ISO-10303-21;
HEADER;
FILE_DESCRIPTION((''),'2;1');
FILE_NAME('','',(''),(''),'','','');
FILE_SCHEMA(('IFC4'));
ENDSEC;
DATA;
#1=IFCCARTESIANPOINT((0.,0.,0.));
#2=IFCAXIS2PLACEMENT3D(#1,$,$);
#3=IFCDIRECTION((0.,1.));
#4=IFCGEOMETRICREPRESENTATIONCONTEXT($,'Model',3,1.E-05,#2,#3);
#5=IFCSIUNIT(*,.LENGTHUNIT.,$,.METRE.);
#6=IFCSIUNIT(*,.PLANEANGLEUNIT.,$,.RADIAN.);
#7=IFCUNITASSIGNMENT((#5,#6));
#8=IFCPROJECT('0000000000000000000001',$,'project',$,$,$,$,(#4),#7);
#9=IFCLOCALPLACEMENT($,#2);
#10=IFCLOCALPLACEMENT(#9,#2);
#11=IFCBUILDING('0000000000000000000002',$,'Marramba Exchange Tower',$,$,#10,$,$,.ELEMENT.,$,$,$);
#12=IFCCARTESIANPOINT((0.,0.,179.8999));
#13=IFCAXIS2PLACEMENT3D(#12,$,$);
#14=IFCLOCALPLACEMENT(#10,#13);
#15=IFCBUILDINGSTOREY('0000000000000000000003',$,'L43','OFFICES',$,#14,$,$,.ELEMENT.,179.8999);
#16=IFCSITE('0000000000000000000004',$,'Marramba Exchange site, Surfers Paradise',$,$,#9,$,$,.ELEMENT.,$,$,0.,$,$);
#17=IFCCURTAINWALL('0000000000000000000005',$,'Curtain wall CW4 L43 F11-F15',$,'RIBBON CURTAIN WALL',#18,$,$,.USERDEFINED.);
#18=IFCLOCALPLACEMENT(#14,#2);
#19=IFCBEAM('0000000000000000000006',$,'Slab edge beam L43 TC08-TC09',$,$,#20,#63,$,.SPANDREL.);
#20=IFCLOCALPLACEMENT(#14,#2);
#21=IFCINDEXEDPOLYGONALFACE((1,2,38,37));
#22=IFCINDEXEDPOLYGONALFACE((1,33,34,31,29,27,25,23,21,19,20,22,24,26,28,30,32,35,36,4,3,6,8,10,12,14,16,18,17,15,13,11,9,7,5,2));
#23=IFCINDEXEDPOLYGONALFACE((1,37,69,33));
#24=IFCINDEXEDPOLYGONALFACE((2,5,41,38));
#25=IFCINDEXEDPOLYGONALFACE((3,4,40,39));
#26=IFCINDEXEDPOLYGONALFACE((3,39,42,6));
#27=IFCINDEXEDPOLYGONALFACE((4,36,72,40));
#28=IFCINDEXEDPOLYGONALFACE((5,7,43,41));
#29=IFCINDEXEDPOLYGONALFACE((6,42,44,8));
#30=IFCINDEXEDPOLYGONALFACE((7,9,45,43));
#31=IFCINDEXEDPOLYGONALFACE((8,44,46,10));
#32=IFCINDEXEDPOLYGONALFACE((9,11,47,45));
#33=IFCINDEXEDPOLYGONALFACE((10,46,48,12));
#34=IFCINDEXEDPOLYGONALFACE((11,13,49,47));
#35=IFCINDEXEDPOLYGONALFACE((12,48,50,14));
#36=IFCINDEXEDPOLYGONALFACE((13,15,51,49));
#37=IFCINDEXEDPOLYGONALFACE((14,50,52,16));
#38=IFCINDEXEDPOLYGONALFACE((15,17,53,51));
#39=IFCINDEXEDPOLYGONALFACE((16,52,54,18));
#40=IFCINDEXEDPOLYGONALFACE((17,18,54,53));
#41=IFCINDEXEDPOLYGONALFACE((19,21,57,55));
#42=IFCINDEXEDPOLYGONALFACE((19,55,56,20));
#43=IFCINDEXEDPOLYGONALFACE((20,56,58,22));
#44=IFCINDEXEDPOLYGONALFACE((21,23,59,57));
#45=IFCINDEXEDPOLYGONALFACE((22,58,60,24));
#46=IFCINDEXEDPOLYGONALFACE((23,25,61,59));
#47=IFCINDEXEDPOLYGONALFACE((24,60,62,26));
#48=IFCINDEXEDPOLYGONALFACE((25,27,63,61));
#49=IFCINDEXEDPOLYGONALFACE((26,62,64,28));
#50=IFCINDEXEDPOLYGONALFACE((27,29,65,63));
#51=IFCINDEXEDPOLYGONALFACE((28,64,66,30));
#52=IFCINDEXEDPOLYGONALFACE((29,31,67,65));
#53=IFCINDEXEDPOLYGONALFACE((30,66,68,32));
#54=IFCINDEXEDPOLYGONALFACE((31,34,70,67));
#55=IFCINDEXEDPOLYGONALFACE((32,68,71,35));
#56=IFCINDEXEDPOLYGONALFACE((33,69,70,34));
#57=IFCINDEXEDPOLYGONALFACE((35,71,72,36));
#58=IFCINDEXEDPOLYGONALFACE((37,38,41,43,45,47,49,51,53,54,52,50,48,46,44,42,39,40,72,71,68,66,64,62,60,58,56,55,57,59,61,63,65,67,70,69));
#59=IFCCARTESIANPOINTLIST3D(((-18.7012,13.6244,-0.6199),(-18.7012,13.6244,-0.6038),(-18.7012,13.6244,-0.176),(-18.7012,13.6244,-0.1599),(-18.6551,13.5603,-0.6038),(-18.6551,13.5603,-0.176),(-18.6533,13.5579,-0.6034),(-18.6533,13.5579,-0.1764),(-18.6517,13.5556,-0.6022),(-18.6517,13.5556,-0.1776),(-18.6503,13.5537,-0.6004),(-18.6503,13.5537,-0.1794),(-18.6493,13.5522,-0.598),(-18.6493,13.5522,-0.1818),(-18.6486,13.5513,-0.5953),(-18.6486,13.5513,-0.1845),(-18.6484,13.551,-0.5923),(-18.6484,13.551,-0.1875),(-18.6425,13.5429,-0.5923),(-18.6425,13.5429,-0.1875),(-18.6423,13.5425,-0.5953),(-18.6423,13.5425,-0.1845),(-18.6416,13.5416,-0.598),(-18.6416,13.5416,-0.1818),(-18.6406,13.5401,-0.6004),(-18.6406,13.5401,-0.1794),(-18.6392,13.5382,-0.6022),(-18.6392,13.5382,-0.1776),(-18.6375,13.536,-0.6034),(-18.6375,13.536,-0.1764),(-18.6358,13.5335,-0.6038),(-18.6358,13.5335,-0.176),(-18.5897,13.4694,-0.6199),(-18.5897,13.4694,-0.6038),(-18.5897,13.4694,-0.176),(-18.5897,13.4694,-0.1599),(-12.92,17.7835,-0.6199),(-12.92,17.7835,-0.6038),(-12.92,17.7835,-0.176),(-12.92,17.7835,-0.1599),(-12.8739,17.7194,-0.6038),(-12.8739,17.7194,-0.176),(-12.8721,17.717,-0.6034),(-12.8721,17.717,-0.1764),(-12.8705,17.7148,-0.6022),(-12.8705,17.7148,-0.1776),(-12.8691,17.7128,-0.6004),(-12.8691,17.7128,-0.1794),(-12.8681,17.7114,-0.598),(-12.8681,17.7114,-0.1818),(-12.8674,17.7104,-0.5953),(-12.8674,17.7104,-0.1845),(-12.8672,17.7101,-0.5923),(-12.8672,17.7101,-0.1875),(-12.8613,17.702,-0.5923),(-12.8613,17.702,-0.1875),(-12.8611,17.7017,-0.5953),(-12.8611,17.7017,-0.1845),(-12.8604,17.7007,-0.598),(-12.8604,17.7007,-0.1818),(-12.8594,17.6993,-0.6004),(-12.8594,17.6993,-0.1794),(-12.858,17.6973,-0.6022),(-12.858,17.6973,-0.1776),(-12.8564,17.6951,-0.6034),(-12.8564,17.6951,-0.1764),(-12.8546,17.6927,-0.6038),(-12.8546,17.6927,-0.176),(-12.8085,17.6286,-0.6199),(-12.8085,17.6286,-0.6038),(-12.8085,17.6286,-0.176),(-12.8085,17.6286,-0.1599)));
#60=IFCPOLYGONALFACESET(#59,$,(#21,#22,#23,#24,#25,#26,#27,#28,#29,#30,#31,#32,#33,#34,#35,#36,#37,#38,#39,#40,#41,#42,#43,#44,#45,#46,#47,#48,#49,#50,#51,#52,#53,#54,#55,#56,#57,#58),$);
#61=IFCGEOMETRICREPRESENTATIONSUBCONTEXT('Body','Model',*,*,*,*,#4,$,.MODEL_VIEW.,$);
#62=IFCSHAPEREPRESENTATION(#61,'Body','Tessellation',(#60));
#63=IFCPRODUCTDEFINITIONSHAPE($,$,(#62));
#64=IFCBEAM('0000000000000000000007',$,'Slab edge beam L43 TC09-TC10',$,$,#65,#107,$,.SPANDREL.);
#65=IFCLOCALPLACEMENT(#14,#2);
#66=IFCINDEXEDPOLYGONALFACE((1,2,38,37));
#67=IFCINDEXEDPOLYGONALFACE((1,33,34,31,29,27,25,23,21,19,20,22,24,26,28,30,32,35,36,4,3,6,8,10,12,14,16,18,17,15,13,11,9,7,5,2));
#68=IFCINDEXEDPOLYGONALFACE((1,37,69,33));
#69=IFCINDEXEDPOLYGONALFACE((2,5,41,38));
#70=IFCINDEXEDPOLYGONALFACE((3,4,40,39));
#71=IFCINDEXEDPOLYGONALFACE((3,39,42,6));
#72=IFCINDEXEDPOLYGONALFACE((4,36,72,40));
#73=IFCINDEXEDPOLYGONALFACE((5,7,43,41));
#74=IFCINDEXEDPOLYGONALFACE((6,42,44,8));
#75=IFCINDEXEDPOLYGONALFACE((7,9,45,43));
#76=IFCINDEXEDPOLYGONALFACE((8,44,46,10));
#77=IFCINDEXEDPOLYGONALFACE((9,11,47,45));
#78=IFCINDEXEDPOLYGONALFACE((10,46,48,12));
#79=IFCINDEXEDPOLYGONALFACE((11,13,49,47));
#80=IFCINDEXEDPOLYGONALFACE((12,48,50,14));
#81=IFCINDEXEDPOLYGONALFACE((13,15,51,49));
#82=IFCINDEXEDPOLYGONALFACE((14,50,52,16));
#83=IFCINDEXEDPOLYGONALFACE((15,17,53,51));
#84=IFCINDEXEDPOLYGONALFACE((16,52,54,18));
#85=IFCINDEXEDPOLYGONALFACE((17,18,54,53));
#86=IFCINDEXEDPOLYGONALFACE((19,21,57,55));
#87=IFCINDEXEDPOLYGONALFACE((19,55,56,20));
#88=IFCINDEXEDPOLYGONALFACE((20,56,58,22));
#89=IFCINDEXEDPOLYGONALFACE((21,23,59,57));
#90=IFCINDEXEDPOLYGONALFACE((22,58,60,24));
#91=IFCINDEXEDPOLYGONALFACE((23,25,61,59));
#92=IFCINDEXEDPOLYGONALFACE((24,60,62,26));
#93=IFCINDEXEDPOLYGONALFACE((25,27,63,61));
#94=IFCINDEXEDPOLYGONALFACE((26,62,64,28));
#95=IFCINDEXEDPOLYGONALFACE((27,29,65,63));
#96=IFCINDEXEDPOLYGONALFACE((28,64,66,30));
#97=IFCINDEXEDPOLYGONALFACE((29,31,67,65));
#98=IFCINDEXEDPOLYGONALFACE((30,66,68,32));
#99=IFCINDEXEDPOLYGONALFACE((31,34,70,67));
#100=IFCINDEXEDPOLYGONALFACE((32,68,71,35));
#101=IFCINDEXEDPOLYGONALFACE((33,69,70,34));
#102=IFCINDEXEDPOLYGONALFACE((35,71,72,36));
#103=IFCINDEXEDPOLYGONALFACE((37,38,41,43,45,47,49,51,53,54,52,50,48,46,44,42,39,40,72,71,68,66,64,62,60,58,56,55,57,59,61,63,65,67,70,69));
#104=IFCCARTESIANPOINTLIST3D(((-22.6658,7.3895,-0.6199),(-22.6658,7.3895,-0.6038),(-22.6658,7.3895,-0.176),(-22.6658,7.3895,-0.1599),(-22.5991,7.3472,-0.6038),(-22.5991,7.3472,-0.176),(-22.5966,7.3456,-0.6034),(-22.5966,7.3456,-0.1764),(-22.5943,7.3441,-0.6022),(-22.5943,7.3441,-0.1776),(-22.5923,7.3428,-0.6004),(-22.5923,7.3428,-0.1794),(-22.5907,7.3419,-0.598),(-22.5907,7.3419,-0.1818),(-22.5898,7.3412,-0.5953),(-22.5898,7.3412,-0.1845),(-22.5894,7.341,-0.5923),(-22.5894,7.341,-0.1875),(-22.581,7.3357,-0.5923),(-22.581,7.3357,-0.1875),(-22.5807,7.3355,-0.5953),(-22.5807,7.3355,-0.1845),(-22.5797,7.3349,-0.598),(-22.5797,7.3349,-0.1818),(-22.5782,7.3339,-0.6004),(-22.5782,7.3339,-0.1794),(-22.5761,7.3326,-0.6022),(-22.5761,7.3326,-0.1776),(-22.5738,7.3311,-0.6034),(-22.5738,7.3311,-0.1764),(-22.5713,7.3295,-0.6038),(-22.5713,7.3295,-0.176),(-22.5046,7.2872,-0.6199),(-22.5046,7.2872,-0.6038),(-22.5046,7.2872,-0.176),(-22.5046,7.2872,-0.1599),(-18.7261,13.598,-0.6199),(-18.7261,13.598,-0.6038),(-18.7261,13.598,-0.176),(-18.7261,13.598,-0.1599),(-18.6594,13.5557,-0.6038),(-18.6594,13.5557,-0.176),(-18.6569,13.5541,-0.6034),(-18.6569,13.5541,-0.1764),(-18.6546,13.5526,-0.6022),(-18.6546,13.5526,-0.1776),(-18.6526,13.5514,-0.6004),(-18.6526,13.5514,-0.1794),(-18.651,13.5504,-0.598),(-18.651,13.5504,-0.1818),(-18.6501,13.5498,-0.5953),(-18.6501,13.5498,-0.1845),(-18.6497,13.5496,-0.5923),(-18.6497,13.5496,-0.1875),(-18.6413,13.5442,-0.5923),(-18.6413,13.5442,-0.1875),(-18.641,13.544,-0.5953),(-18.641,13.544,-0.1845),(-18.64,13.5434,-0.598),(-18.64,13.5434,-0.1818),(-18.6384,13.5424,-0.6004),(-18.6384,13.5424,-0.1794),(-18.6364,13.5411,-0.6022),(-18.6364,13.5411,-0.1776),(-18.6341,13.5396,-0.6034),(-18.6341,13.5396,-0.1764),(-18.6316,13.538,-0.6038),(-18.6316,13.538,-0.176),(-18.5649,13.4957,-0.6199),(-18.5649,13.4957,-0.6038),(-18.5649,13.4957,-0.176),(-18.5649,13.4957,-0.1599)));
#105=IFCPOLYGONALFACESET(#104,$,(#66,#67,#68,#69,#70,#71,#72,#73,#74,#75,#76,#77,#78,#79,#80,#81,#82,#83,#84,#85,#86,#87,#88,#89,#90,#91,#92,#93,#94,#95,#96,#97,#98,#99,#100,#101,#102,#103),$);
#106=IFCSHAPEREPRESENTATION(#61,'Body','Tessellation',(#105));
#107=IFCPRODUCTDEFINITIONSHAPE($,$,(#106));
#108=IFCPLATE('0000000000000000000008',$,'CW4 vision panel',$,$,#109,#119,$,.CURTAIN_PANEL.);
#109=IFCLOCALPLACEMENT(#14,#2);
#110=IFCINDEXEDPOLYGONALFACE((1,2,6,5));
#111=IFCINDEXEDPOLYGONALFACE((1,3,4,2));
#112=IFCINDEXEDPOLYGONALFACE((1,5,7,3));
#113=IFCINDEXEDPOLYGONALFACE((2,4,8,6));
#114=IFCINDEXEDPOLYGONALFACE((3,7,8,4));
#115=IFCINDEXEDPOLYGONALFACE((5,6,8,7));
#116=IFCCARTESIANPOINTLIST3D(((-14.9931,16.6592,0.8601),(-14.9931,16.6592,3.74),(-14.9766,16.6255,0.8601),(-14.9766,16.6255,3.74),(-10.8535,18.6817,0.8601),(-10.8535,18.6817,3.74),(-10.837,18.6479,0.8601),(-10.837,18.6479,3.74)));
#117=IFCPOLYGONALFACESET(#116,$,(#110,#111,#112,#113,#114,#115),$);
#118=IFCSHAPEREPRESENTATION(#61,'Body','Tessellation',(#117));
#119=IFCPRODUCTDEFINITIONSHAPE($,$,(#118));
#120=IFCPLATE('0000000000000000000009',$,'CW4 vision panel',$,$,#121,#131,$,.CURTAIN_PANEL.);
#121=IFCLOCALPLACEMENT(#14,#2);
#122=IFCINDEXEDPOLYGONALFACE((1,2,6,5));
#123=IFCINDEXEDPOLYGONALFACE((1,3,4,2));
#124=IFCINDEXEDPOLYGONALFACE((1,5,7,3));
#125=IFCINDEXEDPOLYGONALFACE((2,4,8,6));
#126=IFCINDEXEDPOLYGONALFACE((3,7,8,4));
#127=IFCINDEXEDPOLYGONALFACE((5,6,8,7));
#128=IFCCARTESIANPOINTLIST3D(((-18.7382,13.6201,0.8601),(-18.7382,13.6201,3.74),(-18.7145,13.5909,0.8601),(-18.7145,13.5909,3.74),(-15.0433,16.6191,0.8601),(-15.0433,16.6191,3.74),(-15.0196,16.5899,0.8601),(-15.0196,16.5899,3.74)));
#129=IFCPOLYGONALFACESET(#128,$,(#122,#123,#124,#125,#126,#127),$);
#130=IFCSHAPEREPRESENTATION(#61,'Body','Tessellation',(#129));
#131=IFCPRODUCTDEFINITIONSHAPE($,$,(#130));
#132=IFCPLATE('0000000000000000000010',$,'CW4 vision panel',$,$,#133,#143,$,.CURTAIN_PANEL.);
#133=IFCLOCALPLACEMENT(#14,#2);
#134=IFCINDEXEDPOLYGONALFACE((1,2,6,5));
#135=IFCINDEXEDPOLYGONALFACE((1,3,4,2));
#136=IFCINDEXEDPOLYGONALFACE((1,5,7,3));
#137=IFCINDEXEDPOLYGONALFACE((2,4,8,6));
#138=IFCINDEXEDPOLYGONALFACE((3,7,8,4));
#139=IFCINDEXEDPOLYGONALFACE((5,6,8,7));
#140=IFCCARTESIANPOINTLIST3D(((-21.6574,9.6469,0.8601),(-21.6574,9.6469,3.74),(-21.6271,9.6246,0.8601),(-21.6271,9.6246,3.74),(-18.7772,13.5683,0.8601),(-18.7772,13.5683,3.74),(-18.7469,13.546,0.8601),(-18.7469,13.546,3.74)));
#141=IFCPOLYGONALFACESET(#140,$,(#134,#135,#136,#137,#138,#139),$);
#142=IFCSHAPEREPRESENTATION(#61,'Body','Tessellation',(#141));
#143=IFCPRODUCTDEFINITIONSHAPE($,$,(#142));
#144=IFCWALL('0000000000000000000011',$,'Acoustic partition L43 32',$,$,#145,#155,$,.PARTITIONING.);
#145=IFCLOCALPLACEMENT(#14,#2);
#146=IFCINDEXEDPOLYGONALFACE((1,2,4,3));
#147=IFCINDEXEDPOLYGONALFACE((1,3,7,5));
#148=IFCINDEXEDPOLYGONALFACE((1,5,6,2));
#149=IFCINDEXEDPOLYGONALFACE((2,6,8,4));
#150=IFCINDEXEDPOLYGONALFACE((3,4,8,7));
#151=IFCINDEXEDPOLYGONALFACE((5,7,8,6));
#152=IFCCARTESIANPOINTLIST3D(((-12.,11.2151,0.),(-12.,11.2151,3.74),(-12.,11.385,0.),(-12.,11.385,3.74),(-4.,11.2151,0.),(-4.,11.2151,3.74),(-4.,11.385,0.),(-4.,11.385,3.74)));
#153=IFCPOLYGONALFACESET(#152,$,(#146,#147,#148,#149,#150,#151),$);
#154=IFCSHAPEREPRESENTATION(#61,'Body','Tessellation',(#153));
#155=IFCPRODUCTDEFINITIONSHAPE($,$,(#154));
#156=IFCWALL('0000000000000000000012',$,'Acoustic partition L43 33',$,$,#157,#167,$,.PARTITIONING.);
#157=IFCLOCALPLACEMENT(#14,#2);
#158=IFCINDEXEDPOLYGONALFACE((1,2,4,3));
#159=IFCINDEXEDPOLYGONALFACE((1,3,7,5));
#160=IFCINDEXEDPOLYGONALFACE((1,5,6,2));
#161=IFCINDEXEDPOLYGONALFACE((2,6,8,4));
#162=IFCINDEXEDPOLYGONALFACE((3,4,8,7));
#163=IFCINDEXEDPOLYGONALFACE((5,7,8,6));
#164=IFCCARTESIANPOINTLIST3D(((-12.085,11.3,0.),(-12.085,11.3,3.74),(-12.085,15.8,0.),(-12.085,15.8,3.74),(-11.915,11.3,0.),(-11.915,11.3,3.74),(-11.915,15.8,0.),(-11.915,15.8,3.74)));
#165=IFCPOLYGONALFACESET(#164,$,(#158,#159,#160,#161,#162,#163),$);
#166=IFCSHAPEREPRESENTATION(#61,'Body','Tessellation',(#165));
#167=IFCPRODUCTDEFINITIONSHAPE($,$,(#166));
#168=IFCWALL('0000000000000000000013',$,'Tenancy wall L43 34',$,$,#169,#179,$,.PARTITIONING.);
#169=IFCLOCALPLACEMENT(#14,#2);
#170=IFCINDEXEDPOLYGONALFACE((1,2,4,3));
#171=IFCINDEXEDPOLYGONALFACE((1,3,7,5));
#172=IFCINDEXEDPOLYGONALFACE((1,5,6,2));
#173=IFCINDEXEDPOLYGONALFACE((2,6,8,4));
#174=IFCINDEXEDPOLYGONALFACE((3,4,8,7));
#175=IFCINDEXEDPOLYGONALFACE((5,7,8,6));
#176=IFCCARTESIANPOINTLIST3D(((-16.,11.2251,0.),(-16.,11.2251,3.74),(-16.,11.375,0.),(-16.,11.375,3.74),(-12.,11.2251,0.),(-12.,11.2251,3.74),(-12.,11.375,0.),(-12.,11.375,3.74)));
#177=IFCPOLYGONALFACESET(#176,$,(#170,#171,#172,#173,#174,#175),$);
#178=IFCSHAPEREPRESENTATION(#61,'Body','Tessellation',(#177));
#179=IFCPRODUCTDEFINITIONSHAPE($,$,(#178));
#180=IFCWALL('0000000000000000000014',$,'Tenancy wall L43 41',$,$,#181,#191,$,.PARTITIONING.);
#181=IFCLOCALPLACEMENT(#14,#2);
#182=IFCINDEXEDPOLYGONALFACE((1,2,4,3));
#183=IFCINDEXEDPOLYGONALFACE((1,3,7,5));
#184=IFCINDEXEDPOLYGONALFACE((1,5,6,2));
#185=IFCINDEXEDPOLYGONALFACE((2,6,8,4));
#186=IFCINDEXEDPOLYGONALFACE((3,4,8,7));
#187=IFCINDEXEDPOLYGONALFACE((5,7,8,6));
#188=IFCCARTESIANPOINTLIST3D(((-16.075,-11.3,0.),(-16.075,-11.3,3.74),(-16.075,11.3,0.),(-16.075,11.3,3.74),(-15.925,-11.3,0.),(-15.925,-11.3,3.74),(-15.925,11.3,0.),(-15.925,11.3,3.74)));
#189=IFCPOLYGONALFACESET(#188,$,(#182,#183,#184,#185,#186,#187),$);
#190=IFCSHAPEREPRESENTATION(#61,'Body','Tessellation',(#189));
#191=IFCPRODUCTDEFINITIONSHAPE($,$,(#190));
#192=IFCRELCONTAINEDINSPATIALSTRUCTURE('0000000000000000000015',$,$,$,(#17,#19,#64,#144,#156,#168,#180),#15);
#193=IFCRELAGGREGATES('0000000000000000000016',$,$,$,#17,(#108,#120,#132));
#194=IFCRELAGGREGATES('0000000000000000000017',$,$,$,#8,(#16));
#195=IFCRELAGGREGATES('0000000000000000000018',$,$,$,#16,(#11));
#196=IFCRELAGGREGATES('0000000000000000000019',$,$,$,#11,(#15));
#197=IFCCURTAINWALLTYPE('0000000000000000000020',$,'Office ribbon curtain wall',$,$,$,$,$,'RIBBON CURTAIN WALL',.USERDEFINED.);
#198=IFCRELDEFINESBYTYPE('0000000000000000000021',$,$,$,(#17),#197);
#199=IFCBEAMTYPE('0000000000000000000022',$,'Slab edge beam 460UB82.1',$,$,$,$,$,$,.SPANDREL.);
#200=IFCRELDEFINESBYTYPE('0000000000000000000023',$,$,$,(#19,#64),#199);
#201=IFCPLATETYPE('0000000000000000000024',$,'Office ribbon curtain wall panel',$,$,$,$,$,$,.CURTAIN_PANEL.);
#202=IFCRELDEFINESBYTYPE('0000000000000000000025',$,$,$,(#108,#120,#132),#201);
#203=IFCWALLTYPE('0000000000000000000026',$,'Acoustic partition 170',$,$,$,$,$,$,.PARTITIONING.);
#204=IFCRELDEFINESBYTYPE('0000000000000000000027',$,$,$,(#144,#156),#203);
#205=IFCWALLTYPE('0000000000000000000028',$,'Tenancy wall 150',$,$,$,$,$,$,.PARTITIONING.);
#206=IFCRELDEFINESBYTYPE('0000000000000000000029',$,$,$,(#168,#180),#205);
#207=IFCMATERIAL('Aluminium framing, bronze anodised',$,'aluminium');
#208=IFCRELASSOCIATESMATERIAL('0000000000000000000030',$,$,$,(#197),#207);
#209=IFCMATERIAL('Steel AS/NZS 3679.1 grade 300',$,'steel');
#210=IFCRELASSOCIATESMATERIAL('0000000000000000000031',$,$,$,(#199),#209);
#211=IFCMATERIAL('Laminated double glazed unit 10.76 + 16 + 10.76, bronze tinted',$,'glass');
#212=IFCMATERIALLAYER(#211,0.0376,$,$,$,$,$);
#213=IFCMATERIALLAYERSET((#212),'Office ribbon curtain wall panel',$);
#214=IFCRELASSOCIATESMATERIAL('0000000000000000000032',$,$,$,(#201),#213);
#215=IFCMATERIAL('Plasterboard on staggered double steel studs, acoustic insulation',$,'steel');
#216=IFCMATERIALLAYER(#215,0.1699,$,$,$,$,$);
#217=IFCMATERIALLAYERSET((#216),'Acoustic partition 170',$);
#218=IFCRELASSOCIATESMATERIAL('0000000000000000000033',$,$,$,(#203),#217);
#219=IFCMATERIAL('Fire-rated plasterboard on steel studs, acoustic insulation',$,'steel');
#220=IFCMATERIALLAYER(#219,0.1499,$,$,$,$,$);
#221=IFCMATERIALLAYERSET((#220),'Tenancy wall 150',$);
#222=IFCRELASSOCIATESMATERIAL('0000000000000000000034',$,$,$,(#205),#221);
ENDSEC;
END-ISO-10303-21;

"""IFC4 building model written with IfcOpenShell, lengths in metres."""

from ifc_helpers import new_model, si_unit, direction, frame, frame_2d, origin, origin_2d, place, context, subcontext, project, spatial, rectangle, i_section, extrude, material, layer, layer_set, material_profile, profile_set, type_object, element, aggregate, save


model = new_model("IFC4")

# Units and contexts
model_context = context("Model", 3, precision=1e-05, world=origin(), true_north=direction((0.0, 1.0)))
body_context = subcontext(model_context, "Body", "Model", "MODEL_VIEW")
ifc_project = project(units=[si_unit("LENGTHUNIT", "METRE"), si_unit("PLANEANGLEUNIT", "RADIAN")], contexts=[model_context])

# Site, building, storey
site_placement = place(None, origin())
site = spatial("IfcSite", under=ifc_project, at=site_placement, Name="Marramba Exchange site, Surfers Paradise", CompositionType="ELEMENT", RefElevation=0.0)
building_placement = place(site_placement, origin())
building = spatial("IfcBuilding", under=site, at=building_placement, Name="Marramba Exchange Tower", CompositionType="ELEMENT")
storey_placement = place(building_placement, frame((0.0, 0.0, 179.8999)))
storey = spatial("IfcBuildingStorey", under=building, at=storey_placement, Name="L43", Description="OFFICES", CompositionType="ELEMENT", Elevation=179.8999)

# Shared definitions
ifc_material_1 = material(Name="Steel AS/NZS 3679.1 grade 300", Category="steel")

# Curtain wall
ifc_material_2 = material(Name="Aluminium framing, bronze anodised", Category="aluminium")
curtain_wall_type = type_object("IfcCurtainWallType", Name="Office ribbon curtain wall", ElementType="RIBBON CURTAIN WALL", PredefinedType="USERDEFINED", material=ifc_material_2)
curtain_wall_placement = place(storey_placement, origin())
curtain_wall = element("IfcCurtainWall", 1, at=curtain_wall_placement, inside=storey, type_object=curtain_wall_type, Name="Curtain wall CW4 L43 F11-F15", ObjectType="RIBBON CURTAIN WALL", PredefinedType="USERDEFINED")

# Beams
ifc_material_profile_1 = material_profile(ifc_material_1, i_section(OverallWidth=0.1909, OverallDepth=0.46, WebThickness=0.01, FlangeThickness=0.0161, FilletRadius=0.0115, at=origin_2d()), Name="460UB82.1")
ifc_profile_set_1 = profile_set([ifc_material_profile_1], Name="Steel AS/NZS 3679.1 grade 300")
beam_type_1 = type_object("IfcBeamType", Name="Slab edge beam 460UB82.1", PredefinedType="SPANDREL", material=ifc_profile_set_1)
beam_1_placement = place(storey_placement, frame((-12.8643, 17.7061, -0.3899), z_axis=(-0.811755, -0.583998, 0.0), x_axis=(0.583998, -0.811755, 0.0)))
element("IfcBeam", 2, at=beam_1_placement, inside=storey, type_object=beam_type_1, Name="Slab edge beam L43 TC08-TC09", PredefinedType="SPANDREL", context=body_context, shape_type="SweptSolid", body=[
    extrude(i_section(OverallWidth=0.1909, OverallDepth=0.46, WebThickness=0.01, FlangeThickness=0.0161, FilletRadius=0.0115, at=origin_2d()), origin(), (0.0, 0.0, 1.0), 7.1218),
])
beam_2_placement = place(storey_placement, frame((-18.6455, 13.5469, -0.3899), z_axis=(-0.535794, -0.844348, 0.0), x_axis=(0.844348, -0.535794, 0.0)))
element("IfcBeam", 3, at=beam_2_placement, inside=storey, type_object=beam_type_1, Name="Slab edge beam L43 TC09-TC10", PredefinedType="SPANDREL", context=body_context, shape_type="SweptSolid", body=[
    extrude(i_section(OverallWidth=0.1909, OverallDepth=0.46, WebThickness=0.01, FlangeThickness=0.0161, FilletRadius=0.0115, at=origin_2d()), origin(), (0.0, 0.0, 1.0), 7.353),
])

# Plates
ifc_material_3 = material(Name="Laminated double glazed unit 10.76 + 16 + 10.76, bronze tinted", Category="glass")
ifc_layer_1 = layer(ifc_material_3, 0.0376)
ifc_layer_set_1 = layer_set([ifc_layer_1], Name="Office ribbon curtain wall panel")
plate_type = type_object("IfcPlateType", Name="Office ribbon curtain wall panel", PredefinedType="CURTAIN_PANEL", material=ifc_layer_set_1)
plate_1_placement = place(storey_placement, frame((-12.915, 17.6536, 0.8601), z_axis=(0.0, 0.0, 1.0), x_axis=(-0.898501, -0.438972, 0.0)))
plate_1 = element("IfcPlate", 4, at=plate_1_placement, type_object=plate_type, Name="CW4 vision panel", PredefinedType="CURTAIN_PANEL", context=body_context, shape_type="SweptSolid", body=[
    extrude(rectangle(XDim=4.6072, YDim=0.0376, at=origin_2d()), origin(), (0.0, 0.0, 1.0), 2.8799),
])
plate_2_placement = place(storey_placement, frame((-16.8789, 15.105, 0.8601), z_axis=(0.0, 0.0, 1.0), x_axis=(-0.776432, -0.630201, 0.0)))
plate_2 = element("IfcPlate", 5, at=plate_2_placement, type_object=plate_type, Name="CW4 vision panel", PredefinedType="CURTAIN_PANEL", context=body_context, shape_type="SweptSolid", body=[
    extrude(rectangle(XDim=4.7588, YDim=0.0376, at=origin_2d()), origin(), (0.0, 0.0, 1.0), 2.8799),
])
plate_3_placement = place(storey_placement, frame((-20.2021, 11.5964, 0.8601), z_axis=(0.0, 0.0, 1.0), x_axis=(-0.591963, -0.805965, 0.0)))
plate_3 = element("IfcPlate", 6, at=plate_3_placement, type_object=plate_type, Name="CW4 vision panel", PredefinedType="CURTAIN_PANEL", context=body_context, shape_type="SweptSolid", body=[
    extrude(rectangle(XDim=4.8655, YDim=0.0376, at=origin_2d()), origin(), (0.0, 0.0, 1.0), 2.8799),
])
aggregate(curtain_wall, [plate_1, plate_2, plate_3])

# Walls
ifc_material_4 = material(Name="Plasterboard on staggered double steel studs, acoustic insulation", Category="steel")
ifc_layer_2 = layer(ifc_material_4, 0.1699)
ifc_layer_set_2 = layer_set([ifc_layer_2], Name="Acoustic partition 170")
wall_type_1 = type_object("IfcWallType", Name="Acoustic partition 170", PredefinedType="PARTITIONING", material=ifc_layer_set_2)
wall_1_placement = place(storey_placement, frame((-12.0, 11.3, 0.0), z_axis=(0.0, 0.0, 1.0), x_axis=(1.0, 0.0, 0.0)))
element("IfcWall", 7, at=wall_1_placement, inside=storey, type_object=wall_type_1, Name="Acoustic partition L43 32", PredefinedType="PARTITIONING", context=body_context, shape_type="SweptSolid", body=[
    extrude(rectangle(XDim=8.0, YDim=0.1699, at=frame_2d((4.0, 0.0))), origin(), (0.0, 0.0, 1.0), 3.74),
])
wall_2_placement = place(storey_placement, frame((-12.0, 15.8, 0.0), z_axis=(0.0, 0.0, 1.0), x_axis=(0.0, -1.0, 0.0)))
element("IfcWall", 8, at=wall_2_placement, inside=storey, type_object=wall_type_1, Name="Acoustic partition L43 33", PredefinedType="PARTITIONING", context=body_context, shape_type="SweptSolid", body=[
    extrude(rectangle(XDim=4.5, YDim=0.1699, at=frame_2d((2.25, 0.0))), origin(), (0.0, 0.0, 1.0), 3.74),
])
ifc_material_5 = material(Name="Fire-rated plasterboard on steel studs, acoustic insulation", Category="steel")
ifc_layer_3 = layer(ifc_material_5, 0.1499)
ifc_layer_set_3 = layer_set([ifc_layer_3], Name="Tenancy wall 150")
wall_type_2 = type_object("IfcWallType", Name="Tenancy wall 150", PredefinedType="PARTITIONING", material=ifc_layer_set_3)
wall_3_placement = place(storey_placement, frame((-12.0, 11.3, 0.0), z_axis=(0.0, 0.0, 1.0), x_axis=(-1.0, 0.0, 0.0)))
element("IfcWall", 9, at=wall_3_placement, inside=storey, type_object=wall_type_2, Name="Tenancy wall L43 34", PredefinedType="PARTITIONING", context=body_context, shape_type="SweptSolid", body=[
    extrude(rectangle(XDim=4.0, YDim=0.1499, at=frame_2d((2.0, 0.0))), origin(), (0.0, 0.0, 1.0), 3.74),
])
wall_4_placement = place(storey_placement, frame((-16.0, 11.3, 0.0), z_axis=(0.0, 0.0, 1.0), x_axis=(0.0, -1.0, 0.0)))
element("IfcWall", 10, at=wall_4_placement, inside=storey, type_object=wall_type_2, Name="Tenancy wall L43 41", PredefinedType="PARTITIONING", context=body_context, shape_type="SweptSolid", body=[
    extrude(rectangle(XDim=22.6001, YDim=0.1499, at=frame_2d((11.3, 0.0))), origin(), (0.0, 0.0, 1.0), 3.74),
])

save(model, "model.ifc")
